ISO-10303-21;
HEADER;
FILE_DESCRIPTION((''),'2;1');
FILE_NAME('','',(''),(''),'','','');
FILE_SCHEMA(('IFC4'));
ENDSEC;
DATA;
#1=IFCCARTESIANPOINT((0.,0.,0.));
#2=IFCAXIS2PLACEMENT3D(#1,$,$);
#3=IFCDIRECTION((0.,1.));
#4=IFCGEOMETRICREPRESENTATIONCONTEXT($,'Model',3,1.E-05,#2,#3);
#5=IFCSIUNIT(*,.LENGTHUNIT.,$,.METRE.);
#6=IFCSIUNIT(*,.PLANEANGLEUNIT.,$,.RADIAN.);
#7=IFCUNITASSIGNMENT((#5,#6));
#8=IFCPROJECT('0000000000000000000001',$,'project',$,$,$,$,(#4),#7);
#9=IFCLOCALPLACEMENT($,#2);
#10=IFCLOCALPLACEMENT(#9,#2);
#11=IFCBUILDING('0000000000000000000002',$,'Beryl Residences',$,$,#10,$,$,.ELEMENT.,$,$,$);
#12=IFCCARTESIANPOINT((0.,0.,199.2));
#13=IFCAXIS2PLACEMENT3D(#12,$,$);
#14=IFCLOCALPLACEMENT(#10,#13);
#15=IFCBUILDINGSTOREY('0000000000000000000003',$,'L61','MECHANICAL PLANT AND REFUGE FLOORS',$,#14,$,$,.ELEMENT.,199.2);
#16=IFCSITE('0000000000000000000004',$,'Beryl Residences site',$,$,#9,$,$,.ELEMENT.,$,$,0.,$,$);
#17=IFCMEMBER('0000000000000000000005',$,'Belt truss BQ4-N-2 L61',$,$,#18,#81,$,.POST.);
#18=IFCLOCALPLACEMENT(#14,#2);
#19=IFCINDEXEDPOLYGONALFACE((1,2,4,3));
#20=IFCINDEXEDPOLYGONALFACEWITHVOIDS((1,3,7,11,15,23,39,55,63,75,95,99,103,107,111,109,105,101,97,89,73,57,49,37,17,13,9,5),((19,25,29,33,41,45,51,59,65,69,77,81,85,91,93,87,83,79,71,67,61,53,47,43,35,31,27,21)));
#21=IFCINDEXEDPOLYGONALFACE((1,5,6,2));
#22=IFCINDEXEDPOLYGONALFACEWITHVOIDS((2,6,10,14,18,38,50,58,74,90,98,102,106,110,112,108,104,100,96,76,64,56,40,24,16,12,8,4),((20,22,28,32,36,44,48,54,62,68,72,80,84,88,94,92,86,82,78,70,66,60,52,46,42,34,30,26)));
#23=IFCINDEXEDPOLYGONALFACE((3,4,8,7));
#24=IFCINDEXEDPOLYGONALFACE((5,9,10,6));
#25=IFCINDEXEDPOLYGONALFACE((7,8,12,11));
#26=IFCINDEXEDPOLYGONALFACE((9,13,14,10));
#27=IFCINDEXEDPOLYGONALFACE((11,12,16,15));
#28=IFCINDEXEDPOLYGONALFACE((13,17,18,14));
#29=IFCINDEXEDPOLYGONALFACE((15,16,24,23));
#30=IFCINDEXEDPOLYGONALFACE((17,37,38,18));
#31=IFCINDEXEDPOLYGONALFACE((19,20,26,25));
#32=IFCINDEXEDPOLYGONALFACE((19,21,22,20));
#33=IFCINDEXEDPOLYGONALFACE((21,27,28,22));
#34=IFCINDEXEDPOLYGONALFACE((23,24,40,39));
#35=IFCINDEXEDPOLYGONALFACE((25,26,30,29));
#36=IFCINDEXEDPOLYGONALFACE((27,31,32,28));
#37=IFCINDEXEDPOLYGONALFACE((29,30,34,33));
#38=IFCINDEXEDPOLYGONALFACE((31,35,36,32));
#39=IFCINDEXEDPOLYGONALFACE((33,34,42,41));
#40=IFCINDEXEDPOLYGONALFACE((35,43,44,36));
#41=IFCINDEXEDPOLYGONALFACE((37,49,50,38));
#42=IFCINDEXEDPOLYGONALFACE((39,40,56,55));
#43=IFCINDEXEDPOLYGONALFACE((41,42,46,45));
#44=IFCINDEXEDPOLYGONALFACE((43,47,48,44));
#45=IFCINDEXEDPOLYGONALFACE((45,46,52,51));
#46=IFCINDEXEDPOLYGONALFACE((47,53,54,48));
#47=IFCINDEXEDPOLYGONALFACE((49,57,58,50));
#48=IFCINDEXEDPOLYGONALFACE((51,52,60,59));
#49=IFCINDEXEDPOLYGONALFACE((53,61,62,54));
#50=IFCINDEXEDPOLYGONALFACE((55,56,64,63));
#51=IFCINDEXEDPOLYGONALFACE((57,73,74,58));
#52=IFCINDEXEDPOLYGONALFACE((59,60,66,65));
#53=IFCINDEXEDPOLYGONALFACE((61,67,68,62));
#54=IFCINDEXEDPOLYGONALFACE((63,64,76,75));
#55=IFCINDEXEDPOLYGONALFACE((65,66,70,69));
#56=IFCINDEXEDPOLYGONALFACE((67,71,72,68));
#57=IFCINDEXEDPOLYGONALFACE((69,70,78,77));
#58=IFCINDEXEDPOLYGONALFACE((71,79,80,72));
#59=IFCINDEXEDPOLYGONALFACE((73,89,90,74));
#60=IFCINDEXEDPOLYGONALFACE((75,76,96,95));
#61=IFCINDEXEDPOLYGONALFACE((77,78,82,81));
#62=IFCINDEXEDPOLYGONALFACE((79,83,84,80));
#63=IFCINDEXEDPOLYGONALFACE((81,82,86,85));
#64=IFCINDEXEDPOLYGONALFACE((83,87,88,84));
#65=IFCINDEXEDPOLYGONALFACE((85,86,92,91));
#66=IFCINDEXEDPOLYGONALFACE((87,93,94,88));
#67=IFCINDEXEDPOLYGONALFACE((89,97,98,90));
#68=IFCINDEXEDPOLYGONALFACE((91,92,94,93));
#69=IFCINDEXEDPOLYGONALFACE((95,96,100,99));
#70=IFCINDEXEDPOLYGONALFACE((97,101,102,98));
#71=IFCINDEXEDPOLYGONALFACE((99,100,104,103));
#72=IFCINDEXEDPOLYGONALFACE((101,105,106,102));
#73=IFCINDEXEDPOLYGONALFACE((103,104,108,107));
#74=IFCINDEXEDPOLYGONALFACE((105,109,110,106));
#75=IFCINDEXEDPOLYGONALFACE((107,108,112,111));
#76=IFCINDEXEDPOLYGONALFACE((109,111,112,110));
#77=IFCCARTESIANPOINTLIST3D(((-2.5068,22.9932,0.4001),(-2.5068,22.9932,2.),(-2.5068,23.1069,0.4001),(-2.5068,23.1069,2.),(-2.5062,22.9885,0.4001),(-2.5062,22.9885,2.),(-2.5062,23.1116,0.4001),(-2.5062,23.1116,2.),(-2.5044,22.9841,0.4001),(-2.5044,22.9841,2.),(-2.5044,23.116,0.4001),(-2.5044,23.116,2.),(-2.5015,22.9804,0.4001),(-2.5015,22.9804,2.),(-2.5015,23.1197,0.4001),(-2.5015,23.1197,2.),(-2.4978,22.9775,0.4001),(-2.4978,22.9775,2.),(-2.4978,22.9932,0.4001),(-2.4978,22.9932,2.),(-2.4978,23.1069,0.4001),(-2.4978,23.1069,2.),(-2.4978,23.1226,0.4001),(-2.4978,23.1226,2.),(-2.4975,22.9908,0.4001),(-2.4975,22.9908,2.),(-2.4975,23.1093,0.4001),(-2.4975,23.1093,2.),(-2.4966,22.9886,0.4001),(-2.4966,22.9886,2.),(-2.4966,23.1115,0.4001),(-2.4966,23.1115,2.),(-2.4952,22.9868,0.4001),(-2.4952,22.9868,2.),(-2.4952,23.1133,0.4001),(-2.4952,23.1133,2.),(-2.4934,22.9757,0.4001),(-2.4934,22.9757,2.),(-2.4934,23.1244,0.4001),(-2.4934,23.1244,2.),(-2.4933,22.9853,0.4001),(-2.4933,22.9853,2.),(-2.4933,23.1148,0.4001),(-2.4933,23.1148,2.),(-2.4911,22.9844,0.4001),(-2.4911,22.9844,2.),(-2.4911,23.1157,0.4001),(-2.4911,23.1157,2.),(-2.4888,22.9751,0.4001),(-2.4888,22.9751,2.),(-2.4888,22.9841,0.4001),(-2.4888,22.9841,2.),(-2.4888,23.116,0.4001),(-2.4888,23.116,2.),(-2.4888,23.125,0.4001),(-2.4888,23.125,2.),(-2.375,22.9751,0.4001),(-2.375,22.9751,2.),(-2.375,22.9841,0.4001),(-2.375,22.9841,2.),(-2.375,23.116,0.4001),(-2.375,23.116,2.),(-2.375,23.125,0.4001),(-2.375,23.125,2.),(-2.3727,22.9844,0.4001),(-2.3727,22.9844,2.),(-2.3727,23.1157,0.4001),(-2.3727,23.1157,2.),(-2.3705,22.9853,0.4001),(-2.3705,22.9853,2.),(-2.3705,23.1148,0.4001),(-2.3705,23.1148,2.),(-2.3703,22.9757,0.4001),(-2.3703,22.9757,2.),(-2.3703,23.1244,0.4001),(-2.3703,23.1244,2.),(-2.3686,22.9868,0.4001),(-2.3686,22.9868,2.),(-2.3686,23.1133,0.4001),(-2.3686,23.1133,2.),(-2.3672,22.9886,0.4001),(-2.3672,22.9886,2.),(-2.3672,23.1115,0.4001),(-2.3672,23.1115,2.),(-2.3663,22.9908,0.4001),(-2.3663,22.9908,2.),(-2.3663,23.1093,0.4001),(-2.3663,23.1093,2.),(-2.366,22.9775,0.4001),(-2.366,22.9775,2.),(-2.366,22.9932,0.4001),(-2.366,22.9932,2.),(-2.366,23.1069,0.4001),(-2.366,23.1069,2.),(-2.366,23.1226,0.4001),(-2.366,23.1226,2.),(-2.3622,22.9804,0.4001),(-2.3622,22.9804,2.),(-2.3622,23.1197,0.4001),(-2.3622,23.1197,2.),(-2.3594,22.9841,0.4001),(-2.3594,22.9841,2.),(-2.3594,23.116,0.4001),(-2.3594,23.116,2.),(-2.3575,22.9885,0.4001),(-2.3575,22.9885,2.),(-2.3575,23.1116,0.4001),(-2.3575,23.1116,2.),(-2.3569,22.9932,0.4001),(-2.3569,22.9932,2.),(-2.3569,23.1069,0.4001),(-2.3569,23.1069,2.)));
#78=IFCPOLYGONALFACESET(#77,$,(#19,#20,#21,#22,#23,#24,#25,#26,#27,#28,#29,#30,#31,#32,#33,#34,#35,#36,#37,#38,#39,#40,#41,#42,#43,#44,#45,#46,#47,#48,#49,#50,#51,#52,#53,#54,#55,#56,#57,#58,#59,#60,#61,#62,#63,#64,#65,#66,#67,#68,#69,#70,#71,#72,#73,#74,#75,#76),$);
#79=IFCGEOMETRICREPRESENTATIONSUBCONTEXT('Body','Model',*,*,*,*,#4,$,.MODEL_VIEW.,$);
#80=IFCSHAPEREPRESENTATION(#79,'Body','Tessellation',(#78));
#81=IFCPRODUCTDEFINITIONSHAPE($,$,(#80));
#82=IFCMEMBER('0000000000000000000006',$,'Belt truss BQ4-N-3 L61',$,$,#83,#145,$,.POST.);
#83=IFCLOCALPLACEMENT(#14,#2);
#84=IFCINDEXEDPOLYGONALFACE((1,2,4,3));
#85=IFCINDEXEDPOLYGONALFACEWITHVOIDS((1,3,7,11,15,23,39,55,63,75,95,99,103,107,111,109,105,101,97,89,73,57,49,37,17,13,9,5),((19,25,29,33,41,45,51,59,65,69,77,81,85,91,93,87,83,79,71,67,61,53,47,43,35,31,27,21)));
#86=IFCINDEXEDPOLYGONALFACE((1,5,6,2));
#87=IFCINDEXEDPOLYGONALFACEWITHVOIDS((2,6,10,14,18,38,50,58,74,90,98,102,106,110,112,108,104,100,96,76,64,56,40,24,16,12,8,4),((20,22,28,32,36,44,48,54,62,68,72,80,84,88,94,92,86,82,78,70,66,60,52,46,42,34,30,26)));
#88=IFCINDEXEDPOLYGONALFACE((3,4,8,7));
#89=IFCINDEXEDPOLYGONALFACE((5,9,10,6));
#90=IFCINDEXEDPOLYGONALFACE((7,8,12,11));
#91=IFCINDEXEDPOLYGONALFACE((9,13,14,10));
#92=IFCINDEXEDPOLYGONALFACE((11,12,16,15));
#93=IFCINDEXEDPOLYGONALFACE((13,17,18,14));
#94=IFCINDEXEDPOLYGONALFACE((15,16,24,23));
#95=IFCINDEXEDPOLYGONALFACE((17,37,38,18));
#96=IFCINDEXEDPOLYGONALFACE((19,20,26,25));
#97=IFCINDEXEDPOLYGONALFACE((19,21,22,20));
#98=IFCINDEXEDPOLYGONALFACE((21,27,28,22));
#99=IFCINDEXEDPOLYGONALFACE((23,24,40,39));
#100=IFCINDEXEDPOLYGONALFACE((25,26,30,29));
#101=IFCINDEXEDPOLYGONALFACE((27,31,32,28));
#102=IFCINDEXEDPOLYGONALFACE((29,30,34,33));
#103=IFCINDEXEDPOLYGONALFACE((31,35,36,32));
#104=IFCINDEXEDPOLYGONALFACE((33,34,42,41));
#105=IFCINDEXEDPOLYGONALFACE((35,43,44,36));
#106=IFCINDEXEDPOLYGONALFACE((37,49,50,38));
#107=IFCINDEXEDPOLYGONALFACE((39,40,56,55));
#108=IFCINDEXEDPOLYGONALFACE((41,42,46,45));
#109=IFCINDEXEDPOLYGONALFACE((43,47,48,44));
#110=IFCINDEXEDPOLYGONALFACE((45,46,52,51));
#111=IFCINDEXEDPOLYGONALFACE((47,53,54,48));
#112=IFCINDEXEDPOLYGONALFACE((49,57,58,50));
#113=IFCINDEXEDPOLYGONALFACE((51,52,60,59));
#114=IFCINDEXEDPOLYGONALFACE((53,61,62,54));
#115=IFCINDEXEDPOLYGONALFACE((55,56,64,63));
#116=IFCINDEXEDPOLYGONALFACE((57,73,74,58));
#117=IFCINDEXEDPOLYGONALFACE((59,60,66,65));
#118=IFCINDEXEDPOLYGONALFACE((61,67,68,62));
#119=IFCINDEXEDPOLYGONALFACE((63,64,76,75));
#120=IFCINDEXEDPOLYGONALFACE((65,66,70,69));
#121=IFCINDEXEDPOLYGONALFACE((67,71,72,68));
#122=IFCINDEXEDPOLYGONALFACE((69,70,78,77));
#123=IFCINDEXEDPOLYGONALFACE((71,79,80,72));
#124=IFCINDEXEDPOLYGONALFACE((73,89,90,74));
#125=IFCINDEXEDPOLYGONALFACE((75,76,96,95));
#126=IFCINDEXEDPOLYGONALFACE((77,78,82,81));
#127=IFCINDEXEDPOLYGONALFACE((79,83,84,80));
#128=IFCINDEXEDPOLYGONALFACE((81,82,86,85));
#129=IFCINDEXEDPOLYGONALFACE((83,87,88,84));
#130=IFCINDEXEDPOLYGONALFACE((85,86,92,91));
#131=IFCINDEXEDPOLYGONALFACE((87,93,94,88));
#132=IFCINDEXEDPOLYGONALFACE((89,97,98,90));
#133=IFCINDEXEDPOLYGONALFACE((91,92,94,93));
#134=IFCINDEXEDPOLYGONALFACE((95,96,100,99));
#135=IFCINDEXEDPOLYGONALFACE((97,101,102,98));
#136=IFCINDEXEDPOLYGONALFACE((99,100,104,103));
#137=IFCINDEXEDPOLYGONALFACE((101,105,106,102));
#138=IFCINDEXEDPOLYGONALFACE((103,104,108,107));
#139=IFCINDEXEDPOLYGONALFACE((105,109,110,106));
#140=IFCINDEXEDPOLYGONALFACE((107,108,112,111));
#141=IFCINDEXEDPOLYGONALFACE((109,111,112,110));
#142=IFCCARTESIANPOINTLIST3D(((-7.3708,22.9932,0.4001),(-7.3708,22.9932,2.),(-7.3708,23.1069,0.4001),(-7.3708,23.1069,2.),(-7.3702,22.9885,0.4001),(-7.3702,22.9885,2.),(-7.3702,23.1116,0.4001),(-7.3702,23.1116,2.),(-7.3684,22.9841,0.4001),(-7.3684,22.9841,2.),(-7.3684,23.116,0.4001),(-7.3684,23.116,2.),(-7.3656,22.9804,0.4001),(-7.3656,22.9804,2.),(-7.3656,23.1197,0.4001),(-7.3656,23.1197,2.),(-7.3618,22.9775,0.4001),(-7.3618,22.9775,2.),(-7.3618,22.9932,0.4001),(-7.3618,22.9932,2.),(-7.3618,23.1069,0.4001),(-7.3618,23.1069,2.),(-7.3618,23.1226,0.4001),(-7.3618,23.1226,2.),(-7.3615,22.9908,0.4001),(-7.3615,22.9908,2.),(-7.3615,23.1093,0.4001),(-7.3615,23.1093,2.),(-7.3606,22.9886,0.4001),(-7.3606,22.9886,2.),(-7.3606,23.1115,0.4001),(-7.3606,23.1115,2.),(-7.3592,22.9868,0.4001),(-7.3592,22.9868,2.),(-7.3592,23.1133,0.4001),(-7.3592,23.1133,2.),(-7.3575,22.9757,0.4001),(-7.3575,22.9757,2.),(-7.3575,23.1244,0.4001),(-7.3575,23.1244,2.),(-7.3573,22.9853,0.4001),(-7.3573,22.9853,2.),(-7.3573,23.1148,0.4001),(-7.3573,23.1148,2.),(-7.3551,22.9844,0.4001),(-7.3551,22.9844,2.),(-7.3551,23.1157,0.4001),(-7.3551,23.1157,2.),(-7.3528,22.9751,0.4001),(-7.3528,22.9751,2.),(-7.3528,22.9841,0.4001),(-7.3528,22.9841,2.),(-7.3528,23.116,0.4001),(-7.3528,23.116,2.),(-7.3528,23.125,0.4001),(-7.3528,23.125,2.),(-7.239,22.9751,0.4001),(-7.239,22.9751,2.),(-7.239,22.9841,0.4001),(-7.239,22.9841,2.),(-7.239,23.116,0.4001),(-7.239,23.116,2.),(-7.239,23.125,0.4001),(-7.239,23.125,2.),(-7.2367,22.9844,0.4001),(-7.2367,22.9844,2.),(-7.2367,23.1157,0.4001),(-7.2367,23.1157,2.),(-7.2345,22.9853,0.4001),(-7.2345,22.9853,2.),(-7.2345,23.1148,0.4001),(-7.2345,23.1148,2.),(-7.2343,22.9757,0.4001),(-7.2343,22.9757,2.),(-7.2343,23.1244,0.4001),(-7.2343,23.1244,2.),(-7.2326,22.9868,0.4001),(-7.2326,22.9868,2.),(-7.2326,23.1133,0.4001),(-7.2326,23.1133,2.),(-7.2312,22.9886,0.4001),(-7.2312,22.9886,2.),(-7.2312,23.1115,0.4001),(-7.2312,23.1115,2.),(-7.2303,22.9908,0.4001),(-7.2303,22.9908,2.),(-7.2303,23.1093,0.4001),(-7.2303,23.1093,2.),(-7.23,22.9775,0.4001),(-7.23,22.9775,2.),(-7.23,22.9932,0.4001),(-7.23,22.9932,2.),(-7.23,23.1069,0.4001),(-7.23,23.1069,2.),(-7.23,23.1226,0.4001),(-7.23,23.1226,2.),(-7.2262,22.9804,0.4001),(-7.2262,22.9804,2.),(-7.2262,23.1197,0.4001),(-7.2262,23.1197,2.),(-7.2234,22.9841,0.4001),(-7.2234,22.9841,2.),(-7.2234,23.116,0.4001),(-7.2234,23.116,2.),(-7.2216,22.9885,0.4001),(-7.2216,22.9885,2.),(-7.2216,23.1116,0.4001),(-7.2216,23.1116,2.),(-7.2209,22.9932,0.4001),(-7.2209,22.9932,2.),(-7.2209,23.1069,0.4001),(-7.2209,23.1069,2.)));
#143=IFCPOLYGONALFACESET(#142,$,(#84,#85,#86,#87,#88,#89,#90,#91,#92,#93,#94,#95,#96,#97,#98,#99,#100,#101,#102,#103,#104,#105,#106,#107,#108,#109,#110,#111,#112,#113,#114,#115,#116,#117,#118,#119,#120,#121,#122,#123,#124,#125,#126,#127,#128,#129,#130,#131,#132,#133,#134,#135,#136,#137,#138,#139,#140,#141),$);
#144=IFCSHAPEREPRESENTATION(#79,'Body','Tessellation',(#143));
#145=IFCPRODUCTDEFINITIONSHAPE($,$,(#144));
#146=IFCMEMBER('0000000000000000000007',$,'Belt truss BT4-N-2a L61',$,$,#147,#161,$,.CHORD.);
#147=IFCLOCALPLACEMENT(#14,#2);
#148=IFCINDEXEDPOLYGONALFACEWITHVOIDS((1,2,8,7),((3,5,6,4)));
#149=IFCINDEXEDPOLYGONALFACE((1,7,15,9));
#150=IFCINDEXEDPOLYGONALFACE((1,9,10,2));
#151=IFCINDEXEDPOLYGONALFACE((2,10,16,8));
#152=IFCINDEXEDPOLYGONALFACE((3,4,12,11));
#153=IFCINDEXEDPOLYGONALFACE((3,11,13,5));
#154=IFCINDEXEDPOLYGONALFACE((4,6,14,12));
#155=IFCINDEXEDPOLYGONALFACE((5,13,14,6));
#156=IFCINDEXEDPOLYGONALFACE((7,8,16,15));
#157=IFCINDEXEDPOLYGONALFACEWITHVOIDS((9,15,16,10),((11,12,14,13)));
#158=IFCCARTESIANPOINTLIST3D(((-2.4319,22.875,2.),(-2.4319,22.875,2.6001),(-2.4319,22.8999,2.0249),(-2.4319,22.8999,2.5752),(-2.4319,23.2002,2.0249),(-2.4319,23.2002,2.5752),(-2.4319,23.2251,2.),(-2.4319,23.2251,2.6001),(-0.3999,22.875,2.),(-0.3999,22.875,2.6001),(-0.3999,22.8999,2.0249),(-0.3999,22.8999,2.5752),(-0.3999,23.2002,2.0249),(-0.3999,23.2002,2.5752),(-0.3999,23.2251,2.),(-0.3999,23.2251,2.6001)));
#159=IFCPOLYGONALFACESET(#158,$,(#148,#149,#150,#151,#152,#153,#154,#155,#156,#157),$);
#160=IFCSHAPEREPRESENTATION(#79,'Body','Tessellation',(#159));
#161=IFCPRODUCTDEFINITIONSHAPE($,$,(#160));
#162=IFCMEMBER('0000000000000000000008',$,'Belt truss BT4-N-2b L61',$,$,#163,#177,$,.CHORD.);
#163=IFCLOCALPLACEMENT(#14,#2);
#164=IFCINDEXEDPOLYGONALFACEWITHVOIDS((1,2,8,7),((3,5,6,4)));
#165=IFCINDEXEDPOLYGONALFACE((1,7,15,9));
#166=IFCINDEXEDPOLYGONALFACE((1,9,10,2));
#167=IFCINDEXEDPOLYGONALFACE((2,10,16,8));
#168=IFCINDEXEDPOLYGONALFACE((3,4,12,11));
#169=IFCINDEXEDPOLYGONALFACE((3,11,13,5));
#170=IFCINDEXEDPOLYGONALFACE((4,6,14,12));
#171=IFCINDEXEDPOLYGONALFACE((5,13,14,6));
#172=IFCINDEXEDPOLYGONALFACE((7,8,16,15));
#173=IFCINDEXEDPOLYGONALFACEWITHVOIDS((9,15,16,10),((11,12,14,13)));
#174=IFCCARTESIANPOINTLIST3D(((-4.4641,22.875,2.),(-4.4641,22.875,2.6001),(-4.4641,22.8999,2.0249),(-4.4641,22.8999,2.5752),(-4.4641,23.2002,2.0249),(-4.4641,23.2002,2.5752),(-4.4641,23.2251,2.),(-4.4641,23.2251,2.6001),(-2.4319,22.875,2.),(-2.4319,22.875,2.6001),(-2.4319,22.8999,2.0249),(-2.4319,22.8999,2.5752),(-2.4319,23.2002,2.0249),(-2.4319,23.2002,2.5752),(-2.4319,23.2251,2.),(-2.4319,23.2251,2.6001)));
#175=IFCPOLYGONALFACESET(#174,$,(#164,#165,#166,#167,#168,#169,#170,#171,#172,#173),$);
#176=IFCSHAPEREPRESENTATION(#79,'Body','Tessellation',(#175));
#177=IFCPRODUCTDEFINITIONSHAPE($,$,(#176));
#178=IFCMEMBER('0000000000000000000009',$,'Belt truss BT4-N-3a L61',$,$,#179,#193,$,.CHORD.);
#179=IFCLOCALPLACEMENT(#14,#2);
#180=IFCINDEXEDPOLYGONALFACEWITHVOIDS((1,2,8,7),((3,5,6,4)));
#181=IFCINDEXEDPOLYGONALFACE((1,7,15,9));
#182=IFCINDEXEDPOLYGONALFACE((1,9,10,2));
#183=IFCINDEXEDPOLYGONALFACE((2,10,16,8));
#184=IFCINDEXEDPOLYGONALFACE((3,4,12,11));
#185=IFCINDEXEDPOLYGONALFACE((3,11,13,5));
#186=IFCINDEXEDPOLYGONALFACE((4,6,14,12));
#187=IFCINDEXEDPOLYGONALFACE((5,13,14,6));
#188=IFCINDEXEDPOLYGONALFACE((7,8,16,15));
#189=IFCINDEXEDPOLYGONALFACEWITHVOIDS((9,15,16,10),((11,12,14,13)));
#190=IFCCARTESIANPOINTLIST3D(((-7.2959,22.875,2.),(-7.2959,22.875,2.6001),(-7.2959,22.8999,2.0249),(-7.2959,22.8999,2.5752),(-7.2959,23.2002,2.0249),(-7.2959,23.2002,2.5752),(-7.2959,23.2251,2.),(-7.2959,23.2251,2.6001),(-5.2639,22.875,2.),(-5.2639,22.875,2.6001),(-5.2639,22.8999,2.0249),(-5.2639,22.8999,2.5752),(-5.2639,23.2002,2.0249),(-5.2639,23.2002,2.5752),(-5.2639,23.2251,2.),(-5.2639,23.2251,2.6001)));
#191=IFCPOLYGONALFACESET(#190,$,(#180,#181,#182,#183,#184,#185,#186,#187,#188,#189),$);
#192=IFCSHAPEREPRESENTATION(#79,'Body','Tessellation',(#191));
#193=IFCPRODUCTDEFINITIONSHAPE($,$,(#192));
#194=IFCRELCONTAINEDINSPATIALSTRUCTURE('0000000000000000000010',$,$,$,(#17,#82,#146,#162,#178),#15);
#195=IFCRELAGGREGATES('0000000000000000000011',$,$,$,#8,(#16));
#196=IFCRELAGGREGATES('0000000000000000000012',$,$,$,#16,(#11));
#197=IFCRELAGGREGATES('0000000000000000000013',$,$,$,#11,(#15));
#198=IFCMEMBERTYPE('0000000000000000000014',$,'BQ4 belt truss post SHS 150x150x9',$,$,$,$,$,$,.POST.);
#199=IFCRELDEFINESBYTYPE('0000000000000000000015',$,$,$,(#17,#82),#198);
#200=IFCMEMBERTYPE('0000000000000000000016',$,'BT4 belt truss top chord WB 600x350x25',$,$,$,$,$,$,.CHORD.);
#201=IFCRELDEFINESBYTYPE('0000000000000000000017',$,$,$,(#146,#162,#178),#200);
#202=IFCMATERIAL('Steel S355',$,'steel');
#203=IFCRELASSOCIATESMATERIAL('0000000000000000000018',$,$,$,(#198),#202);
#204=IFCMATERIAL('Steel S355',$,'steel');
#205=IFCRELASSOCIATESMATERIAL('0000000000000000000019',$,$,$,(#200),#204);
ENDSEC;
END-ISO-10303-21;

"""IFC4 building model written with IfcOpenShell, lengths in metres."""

from ifc_helpers import new_model, si_unit, direction, frame, origin, origin_2d, place, context, subcontext, project, spatial, hollow_rectangle, extrude, material, material_profile, profile_set, type_object, element, save


model = new_model("IFC4")

# Units and contexts
model_context = context("Model", 3, precision=1e-05, world=origin(), true_north=direction((0.0, 1.0)))
body_context = subcontext(model_context, "Body", "Model", "MODEL_VIEW")
ifc_project = project(units=[si_unit("LENGTHUNIT", "METRE"), si_unit("PLANEANGLEUNIT", "RADIAN")], contexts=[model_context])

# Site, building, storey
site_placement = place(None, origin())
site = spatial("IfcSite", under=ifc_project, at=site_placement, Name="Beryl Residences site", CompositionType="ELEMENT", RefElevation=0.0)
building_placement = place(site_placement, origin())
building = spatial("IfcBuilding", under=site, at=building_placement, Name="Beryl Residences", CompositionType="ELEMENT")
storey_placement = place(building_placement, frame((0.0, 0.0, 199.2)))
storey = spatial("IfcBuildingStorey", under=building, at=storey_placement, Name="L61", Description="MECHANICAL PLANT AND REFUGE FLOORS", CompositionType="ELEMENT", Elevation=199.2)

# Members
ifc_material_1 = material(Name="Steel S355", Category="steel")
ifc_material_profile_1 = material_profile(ifc_material_1, hollow_rectangle(XDim=0.1499, YDim=0.1499, WallThickness=0.009, InnerFilletRadius=0.009, OuterFilletRadius=0.0181, at=origin_2d()))
ifc_profile_set_1 = profile_set([ifc_material_profile_1], Name="Steel S355")
member_type_1 = type_object("IfcMemberType", Name="BQ4 belt truss post SHS 150x150x9", PredefinedType="POST", material=ifc_profile_set_1)
for number, where, z_axis, x_axis, name in (
    (1, (-2.4319, 23.05, 0.4001), (0.0, 0.0, 1.0), (1.0, 0.0, 0.0), "Belt truss BQ4-N-2 L61"),
    (2, (-7.2959, 23.05, 0.4001), (0.0, 0.0, 1.0), (1.0, 0.0, 0.0), "Belt truss BQ4-N-3 L61"),
):
    element("IfcMember", number, at=place(storey_placement, frame(where, z_axis=z_axis, x_axis=x_axis)), inside=storey, type_object=member_type_1, Name=name, PredefinedType="POST", context=body_context, shape_type="SweptSolid", body=[
        extrude(hollow_rectangle(XDim=0.1499, YDim=0.1499, WallThickness=0.009, InnerFilletRadius=0.009, OuterFilletRadius=0.0181, at=origin_2d()), origin(), (0.0, 0.0, 1.0), 1.5999),
    ])
ifc_material_2 = material(Name="Steel S355", Category="steel")
ifc_material_profile_2 = material_profile(ifc_material_2, hollow_rectangle(XDim=0.3501, YDim=0.6001, WallThickness=0.0249, at=origin_2d()))
ifc_profile_set_2 = profile_set([ifc_material_profile_2], Name="Steel S355")
member_type_2 = type_object("IfcMemberType", Name="BT4 belt truss top chord WB 600x350x25", PredefinedType="CHORD", material=ifc_profile_set_2)
member_1_placement = place(storey_placement, frame((-0.3999, 23.05, 2.3), z_axis=(-1.0, 0.0, 0.0), x_axis=(0.0, -1.0, 0.0)))
element("IfcMember", 3, at=member_1_placement, inside=storey, type_object=member_type_2, Name="Belt truss BT4-N-2a L61", PredefinedType="CHORD", context=body_context, shape_type="SweptSolid", body=[
    extrude(hollow_rectangle(XDim=0.3501, YDim=0.6001, WallThickness=0.0249, at=origin_2d()), origin(), (0.0, 0.0, 1.0), 2.032),
])
member_2_placement = place(storey_placement, frame((-2.4319, 23.05, 2.3), z_axis=(-1.0, 0.0, 0.0), x_axis=(0.0, -1.0, 0.0)))
element("IfcMember", 4, at=member_2_placement, inside=storey, type_object=member_type_2, Name="Belt truss BT4-N-2b L61", PredefinedType="CHORD", context=body_context, shape_type="SweptSolid", body=[
    extrude(hollow_rectangle(XDim=0.3501, YDim=0.6001, WallThickness=0.0249, at=origin_2d()), origin(), (0.0, 0.0, 1.0), 2.0322),
])
for number, where, z_axis, x_axis, name in (
    (5, (-5.2639, 23.05, 2.3), (-1.0, 0.0, 0.0), (0.0, -1.0, 0.0), "Belt truss BT4-N-3a L61"),
):
    element("IfcMember", number, at=place(storey_placement, frame(where, z_axis=z_axis, x_axis=x_axis)), inside=storey, type_object=member_type_2, Name=name, PredefinedType="CHORD", context=body_context, shape_type="SweptSolid", body=[
        extrude(hollow_rectangle(XDim=0.3501, YDim=0.6001, WallThickness=0.0249, at=origin_2d()), origin(), (0.0, 0.0, 1.0), 2.032),
    ])

save(model, "model.ifc")
